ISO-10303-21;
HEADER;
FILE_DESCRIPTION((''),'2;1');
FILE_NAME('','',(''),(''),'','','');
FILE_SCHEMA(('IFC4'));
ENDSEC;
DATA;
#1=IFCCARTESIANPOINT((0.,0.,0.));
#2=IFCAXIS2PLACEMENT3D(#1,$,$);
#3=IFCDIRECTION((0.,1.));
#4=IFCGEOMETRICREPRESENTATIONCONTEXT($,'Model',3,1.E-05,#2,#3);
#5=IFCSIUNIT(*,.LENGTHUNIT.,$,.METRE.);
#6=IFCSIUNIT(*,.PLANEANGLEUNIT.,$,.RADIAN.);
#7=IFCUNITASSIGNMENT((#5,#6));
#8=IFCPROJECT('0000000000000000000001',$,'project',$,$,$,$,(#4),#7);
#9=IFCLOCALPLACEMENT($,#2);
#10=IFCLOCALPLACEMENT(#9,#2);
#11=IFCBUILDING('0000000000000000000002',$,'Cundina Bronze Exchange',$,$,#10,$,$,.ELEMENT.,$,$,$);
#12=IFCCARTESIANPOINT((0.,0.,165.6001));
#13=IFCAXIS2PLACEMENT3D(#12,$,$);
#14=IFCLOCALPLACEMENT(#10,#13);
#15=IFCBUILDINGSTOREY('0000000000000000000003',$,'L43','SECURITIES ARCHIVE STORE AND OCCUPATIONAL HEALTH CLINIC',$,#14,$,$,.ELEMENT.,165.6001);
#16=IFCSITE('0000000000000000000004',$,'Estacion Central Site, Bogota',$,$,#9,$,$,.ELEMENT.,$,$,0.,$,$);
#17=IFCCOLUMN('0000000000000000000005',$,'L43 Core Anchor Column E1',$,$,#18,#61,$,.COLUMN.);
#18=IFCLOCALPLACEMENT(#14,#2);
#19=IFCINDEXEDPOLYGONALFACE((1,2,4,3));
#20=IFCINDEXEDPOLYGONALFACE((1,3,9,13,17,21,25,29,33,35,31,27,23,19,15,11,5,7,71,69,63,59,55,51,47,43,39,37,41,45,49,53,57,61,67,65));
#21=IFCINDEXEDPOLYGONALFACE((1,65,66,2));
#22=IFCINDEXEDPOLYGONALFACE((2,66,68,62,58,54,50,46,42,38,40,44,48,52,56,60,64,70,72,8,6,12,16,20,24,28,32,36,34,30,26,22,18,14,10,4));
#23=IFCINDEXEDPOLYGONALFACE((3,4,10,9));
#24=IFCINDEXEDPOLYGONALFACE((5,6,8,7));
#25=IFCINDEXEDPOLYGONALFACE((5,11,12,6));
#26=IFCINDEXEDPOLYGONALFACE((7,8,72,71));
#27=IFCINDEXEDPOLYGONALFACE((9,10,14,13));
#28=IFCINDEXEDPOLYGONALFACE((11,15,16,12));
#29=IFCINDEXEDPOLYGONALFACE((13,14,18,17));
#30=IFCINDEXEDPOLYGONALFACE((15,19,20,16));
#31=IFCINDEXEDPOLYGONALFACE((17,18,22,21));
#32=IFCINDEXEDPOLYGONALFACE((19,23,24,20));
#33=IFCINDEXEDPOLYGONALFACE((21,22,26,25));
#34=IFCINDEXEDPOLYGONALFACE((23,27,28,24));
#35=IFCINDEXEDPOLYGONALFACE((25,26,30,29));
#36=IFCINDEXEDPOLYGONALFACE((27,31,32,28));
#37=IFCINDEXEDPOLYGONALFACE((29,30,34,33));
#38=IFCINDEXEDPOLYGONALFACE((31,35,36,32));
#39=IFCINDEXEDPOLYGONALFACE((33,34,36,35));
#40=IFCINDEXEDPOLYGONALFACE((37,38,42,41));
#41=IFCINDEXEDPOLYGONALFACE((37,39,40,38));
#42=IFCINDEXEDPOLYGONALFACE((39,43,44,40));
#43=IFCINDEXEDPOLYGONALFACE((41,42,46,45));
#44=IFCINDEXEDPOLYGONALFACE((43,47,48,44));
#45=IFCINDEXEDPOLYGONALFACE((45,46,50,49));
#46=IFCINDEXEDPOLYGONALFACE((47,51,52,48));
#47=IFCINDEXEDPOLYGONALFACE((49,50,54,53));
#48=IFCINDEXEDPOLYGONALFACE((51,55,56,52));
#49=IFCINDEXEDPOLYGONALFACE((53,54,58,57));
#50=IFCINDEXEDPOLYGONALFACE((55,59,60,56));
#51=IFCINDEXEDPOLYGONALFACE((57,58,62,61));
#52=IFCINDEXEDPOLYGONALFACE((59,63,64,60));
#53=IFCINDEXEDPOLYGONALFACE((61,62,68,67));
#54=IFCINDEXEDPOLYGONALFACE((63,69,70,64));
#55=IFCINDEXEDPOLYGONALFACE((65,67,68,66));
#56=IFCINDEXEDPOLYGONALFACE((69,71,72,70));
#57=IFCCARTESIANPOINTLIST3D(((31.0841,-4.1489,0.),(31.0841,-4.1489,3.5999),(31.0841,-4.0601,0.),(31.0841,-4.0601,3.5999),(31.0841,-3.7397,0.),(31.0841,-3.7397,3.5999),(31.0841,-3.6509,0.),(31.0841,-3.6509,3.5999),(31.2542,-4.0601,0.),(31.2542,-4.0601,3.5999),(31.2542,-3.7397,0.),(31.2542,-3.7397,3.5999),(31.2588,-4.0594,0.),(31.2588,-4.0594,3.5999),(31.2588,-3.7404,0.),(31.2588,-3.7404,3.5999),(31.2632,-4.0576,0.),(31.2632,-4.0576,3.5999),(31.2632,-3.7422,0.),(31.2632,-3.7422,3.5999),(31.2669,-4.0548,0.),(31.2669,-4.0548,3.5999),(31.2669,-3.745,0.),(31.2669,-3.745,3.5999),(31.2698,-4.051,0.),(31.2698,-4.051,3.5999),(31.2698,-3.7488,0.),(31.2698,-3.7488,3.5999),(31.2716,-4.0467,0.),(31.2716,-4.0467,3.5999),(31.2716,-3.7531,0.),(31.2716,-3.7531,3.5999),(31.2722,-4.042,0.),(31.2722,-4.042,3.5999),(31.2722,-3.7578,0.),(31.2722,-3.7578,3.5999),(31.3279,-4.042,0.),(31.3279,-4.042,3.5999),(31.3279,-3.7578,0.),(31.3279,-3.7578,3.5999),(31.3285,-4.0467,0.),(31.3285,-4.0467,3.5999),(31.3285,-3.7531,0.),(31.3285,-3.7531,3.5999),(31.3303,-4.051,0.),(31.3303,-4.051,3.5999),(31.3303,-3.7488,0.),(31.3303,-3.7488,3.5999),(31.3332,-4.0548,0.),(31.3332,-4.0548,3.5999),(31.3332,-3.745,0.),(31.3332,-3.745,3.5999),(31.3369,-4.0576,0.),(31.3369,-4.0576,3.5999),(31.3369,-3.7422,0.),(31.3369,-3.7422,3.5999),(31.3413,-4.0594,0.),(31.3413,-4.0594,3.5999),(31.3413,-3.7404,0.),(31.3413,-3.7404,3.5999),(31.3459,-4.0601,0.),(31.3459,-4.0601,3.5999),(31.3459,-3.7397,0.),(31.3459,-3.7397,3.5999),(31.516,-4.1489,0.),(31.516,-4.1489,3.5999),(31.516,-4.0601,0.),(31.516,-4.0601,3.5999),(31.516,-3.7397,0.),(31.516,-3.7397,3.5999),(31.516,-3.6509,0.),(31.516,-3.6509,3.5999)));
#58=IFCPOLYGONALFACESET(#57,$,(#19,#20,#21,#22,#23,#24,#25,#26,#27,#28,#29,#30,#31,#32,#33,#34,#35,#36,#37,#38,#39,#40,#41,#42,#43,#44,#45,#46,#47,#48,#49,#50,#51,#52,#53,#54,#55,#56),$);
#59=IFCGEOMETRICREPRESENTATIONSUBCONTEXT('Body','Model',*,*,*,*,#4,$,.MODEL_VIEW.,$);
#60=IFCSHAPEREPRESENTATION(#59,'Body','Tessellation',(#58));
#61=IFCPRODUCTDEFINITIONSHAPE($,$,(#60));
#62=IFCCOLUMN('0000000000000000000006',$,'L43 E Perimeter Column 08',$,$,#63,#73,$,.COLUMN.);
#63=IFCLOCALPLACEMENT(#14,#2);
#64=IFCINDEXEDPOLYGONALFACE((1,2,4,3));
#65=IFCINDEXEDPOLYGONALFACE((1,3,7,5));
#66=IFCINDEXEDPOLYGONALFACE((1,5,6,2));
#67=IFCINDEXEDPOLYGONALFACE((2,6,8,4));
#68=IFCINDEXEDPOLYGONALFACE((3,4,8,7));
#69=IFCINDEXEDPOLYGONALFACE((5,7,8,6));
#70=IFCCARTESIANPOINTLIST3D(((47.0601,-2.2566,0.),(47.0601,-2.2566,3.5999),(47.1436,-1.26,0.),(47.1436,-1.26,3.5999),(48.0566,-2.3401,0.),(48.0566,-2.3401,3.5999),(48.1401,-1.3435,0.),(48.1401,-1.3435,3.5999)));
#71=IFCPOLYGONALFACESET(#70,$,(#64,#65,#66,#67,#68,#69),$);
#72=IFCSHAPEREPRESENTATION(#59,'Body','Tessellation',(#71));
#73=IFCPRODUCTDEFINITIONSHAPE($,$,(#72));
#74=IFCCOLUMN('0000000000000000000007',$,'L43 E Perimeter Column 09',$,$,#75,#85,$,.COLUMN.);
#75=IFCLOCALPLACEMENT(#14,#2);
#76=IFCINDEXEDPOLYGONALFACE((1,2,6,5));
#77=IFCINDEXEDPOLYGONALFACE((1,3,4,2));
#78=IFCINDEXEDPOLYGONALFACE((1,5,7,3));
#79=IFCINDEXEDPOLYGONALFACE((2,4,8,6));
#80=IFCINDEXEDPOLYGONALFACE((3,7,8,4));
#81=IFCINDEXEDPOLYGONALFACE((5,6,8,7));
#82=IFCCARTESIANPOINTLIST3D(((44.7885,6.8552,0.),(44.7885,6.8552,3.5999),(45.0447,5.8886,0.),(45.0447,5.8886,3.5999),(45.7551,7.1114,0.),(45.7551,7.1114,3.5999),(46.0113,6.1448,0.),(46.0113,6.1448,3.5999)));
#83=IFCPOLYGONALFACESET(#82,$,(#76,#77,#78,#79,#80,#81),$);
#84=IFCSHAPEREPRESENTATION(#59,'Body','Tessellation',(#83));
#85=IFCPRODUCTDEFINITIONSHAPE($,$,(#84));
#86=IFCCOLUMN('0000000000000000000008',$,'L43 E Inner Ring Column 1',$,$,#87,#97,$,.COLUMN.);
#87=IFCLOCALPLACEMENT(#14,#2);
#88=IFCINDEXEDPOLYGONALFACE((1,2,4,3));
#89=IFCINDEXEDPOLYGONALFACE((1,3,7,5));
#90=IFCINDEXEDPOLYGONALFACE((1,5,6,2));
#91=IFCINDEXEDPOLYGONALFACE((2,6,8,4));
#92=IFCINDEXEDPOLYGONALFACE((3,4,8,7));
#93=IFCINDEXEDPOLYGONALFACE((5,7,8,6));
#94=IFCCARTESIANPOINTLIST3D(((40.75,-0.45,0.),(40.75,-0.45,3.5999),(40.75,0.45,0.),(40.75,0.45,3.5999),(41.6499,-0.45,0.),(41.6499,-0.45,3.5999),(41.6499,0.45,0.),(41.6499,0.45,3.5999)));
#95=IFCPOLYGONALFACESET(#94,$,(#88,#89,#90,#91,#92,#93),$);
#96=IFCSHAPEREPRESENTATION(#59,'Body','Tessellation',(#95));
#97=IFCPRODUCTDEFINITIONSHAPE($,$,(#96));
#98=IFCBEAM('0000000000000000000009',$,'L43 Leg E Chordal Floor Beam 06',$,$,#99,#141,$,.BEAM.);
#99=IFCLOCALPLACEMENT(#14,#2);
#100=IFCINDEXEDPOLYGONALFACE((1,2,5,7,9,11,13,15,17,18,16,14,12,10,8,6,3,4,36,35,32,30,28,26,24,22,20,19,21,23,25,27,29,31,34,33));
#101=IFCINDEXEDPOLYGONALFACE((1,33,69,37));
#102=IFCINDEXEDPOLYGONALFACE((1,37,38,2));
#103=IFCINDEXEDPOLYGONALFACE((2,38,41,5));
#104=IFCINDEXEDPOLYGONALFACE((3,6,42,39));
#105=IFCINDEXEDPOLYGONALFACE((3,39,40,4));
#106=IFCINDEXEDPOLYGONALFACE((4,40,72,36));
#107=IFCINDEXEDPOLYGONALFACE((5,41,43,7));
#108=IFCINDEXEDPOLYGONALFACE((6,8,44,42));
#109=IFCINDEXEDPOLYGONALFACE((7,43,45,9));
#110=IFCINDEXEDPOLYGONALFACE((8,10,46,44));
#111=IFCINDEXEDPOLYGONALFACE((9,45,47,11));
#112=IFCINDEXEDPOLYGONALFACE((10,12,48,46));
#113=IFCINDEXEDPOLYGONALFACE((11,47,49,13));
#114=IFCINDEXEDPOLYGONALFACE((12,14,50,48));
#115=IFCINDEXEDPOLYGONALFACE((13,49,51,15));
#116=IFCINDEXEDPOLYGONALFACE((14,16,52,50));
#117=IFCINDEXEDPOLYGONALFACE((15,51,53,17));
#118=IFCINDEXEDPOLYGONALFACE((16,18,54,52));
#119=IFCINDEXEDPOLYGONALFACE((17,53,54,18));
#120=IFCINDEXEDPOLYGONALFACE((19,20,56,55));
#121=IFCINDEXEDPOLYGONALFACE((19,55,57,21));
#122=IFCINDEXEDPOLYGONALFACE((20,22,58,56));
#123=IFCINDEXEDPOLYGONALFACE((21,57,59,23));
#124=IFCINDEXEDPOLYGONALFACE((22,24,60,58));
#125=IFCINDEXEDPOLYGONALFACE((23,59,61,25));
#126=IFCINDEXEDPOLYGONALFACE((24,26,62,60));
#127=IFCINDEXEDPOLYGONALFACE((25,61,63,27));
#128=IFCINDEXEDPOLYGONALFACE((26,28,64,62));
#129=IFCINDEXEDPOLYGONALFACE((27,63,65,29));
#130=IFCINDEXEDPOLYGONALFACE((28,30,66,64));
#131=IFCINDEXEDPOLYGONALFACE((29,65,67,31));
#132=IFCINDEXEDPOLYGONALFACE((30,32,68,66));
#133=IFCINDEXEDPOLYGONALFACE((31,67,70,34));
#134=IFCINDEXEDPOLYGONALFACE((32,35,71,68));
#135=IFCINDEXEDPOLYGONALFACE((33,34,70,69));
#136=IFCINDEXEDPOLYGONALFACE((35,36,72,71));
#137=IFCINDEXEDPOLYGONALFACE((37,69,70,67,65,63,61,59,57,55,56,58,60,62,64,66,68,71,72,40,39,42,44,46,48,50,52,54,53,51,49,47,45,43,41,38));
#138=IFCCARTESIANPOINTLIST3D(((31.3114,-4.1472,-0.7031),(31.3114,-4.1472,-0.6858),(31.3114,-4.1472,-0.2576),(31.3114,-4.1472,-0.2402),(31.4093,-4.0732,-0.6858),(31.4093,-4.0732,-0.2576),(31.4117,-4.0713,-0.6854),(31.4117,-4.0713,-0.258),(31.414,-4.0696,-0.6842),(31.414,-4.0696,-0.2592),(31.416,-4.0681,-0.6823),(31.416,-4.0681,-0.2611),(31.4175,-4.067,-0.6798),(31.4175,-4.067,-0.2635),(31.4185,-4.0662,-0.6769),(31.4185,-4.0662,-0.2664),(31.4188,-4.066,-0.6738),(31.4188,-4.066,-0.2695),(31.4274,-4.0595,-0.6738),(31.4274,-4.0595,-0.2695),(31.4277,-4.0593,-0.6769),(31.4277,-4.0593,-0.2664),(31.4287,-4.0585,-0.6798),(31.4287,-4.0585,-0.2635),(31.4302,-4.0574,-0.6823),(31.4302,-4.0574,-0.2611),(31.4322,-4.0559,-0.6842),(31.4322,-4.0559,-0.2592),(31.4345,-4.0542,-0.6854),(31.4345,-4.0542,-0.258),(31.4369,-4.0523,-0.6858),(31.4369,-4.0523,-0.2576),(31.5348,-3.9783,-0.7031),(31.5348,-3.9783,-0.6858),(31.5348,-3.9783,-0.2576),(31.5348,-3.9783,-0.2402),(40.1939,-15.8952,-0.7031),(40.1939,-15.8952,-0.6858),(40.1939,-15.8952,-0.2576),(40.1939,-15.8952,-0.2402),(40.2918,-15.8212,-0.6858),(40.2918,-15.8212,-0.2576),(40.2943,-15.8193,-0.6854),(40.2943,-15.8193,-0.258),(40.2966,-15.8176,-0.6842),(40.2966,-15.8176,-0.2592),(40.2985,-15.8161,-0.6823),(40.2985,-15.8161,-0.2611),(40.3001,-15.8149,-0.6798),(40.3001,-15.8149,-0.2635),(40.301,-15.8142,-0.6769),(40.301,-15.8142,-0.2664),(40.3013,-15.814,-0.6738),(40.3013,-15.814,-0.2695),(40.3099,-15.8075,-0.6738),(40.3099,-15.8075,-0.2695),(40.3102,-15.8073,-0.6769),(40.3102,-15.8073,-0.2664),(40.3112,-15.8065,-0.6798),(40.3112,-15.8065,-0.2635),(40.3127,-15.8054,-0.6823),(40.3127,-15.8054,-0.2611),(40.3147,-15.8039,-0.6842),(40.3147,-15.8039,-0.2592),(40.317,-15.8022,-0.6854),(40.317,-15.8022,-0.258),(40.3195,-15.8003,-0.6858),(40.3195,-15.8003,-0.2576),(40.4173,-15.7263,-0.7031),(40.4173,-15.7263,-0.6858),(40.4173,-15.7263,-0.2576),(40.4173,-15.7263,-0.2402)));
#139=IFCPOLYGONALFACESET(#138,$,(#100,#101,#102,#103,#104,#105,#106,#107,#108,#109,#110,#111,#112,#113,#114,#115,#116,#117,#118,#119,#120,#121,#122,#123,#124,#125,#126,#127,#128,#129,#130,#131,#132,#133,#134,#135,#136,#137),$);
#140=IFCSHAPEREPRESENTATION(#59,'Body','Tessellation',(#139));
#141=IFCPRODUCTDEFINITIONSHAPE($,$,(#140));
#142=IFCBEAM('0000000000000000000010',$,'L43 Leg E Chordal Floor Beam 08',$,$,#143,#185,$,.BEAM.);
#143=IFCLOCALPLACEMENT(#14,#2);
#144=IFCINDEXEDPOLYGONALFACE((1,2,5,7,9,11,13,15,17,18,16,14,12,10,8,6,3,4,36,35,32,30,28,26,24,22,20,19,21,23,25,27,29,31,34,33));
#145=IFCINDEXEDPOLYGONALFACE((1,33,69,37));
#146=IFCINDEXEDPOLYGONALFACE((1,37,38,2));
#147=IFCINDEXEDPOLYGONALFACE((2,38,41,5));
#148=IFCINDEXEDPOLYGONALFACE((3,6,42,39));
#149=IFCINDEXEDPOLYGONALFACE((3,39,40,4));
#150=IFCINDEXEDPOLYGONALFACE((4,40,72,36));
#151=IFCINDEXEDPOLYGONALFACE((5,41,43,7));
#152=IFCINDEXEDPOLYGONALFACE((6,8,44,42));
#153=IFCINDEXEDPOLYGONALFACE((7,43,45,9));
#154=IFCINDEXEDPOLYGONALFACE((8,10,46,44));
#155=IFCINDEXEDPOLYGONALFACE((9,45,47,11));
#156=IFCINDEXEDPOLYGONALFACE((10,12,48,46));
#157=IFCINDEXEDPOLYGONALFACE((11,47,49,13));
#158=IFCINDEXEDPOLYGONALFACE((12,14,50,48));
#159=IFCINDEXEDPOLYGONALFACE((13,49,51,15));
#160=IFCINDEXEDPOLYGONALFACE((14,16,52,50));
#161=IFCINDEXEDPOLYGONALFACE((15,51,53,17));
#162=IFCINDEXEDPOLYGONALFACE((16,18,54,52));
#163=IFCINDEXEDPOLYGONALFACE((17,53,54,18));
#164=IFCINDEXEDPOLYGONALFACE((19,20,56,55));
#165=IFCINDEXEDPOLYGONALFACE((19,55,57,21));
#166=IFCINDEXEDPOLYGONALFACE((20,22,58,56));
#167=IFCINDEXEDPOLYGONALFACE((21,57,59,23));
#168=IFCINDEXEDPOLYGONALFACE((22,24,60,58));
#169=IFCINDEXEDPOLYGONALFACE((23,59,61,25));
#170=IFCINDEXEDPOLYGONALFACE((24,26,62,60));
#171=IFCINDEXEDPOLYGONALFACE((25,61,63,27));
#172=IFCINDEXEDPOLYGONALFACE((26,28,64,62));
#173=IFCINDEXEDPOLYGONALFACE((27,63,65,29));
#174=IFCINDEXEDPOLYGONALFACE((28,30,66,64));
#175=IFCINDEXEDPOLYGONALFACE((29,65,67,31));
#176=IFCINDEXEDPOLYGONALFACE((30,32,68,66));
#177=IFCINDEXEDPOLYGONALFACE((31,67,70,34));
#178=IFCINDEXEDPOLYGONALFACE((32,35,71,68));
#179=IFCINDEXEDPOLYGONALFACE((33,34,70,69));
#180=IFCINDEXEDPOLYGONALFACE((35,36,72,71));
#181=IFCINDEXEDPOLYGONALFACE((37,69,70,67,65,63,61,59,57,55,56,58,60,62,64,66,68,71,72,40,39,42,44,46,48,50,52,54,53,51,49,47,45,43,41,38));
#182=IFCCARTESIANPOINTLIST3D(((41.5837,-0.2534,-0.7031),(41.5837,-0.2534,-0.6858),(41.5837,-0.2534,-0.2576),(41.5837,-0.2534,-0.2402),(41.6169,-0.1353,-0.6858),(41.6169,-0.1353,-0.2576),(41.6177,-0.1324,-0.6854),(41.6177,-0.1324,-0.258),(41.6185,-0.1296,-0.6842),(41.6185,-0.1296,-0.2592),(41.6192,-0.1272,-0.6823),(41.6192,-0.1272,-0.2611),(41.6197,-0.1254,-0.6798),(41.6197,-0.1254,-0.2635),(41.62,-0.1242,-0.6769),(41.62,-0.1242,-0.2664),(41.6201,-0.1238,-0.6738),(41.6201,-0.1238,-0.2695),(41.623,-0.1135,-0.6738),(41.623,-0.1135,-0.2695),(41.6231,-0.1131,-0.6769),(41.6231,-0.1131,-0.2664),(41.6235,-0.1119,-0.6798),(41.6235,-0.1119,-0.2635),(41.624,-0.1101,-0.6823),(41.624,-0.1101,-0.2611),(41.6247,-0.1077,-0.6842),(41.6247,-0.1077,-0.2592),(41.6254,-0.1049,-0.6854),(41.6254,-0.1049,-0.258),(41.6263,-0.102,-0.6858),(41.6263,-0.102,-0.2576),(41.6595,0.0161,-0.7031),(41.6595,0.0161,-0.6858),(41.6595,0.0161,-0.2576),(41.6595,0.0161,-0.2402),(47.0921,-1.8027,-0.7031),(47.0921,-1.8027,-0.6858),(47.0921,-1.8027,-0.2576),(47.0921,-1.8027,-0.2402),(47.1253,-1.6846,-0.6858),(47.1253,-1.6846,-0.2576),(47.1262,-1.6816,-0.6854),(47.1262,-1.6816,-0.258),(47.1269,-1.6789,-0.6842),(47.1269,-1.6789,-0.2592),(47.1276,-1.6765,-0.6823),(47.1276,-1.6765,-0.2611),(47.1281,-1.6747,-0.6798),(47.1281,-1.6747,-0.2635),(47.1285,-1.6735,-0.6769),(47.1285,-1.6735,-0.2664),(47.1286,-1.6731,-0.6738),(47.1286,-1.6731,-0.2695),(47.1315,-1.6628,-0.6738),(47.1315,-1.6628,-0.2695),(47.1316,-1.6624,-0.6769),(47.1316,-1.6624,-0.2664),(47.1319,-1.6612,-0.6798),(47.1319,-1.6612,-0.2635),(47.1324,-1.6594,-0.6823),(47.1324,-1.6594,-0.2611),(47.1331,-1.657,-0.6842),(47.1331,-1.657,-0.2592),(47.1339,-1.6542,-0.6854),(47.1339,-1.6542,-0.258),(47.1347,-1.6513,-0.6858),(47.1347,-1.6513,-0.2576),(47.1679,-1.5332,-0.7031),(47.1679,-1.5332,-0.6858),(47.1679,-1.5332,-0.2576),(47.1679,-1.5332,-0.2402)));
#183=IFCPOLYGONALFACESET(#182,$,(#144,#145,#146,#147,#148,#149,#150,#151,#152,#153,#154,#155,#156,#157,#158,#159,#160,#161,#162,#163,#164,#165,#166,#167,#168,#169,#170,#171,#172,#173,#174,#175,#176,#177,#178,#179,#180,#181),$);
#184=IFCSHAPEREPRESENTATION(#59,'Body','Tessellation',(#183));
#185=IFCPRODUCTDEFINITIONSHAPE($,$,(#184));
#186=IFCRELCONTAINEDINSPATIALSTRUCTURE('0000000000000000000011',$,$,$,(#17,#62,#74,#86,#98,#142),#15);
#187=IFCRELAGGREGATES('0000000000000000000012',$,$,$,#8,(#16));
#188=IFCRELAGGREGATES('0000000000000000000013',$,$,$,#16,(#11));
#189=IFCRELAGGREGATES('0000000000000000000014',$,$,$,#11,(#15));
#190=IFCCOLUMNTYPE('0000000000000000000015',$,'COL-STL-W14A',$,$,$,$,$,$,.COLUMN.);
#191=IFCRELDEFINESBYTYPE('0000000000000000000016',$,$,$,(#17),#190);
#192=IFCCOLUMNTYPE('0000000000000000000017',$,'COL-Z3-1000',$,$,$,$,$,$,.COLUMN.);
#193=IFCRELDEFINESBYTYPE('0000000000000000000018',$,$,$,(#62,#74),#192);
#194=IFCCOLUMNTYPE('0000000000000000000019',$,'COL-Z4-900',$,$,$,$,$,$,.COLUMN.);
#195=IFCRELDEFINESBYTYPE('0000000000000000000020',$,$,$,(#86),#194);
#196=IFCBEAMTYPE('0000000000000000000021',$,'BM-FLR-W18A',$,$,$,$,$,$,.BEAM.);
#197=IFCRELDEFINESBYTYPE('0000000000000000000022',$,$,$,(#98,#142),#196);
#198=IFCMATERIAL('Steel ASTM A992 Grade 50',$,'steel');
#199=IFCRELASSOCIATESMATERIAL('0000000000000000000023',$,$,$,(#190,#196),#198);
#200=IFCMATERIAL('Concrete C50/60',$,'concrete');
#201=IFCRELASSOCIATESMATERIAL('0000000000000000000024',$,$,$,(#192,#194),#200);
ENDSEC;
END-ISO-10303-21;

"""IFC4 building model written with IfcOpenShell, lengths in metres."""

from ifc_helpers import new_model, si_unit, direction, frame, origin, origin_2d, place, context, subcontext, project, spatial, rectangle, i_section, extrude, material, material_profile, profile_set, type_object, element, save


model = new_model("IFC4")

# Units and contexts
model_context = context("Model", 3, precision=1e-05, world=origin(), true_north=direction((0.0, 1.0)))
body_context = subcontext(model_context, "Body", "Model", "MODEL_VIEW")
ifc_project = project(units=[si_unit("LENGTHUNIT", "METRE"), si_unit("PLANEANGLEUNIT", "RADIAN")], contexts=[model_context])

# Site, building, storey
site_placement = place(None, origin())
site = spatial("IfcSite", under=ifc_project, at=site_placement, Name="Estacion Central Site, Bogota", CompositionType="ELEMENT", RefElevation=0.0)
building_placement = place(site_placement, origin())
building = spatial("IfcBuilding", under=site, at=building_placement, Name="Cundina Bronze Exchange", CompositionType="ELEMENT")
storey_placement = place(building_placement, frame((0.0, 0.0, 165.6001)))
storey = spatial("IfcBuildingStorey", under=building, at=storey_placement, Name="L43", Description="SECURITIES ARCHIVE STORE AND OCCUPATIONAL HEALTH CLINIC", CompositionType="ELEMENT", Elevation=165.6001)

# Columns
ifc_material_1 = material(Name="Steel ASTM A992 Grade 50", Category="steel")
ifc_material_profile_1 = material_profile(ifc_material_1, i_section(OverallWidth=0.4319, OverallDepth=0.498, WebThickness=0.0557, FlangeThickness=0.0889, FilletRadius=0.0181, at=origin_2d()), Name="W14X500", Category="steel")
ifc_profile_set_1 = profile_set([ifc_material_profile_1], Name="Steel ASTM A992 Grade 50")
column_type_1 = type_object("IfcColumnType", Name="COL-STL-W14A", PredefinedType="COLUMN", material=ifc_profile_set_1)
column_1_placement = place(storey_placement, frame((31.3, -3.8999, 0.0), z_axis=(0.0, 0.0, 1.0), x_axis=(1.0, 0.0, 0.0)))
element("IfcColumn", 1, at=column_1_placement, inside=storey, type_object=column_type_1, Name="L43 Core Anchor Column E1", PredefinedType="COLUMN", context=body_context, shape_type="SweptSolid", body=[
    extrude(i_section(OverallWidth=0.4319, OverallDepth=0.498, WebThickness=0.0557, FlangeThickness=0.0889, FilletRadius=0.0181, at=origin_2d()), origin(), (0.0, 0.0, 1.0), 3.5999),
])
ifc_material_2 = material(Name="Concrete C50/60", Category="concrete")
ifc_material_profile_2 = material_profile(ifc_material_2, rectangle(XDim=1.0, YDim=1.0, at=origin_2d()), Name="RC1000X1000", Category="concrete")
ifc_profile_set_2 = profile_set([ifc_material_profile_2], Name="Concrete C50/60")
column_type_2 = type_object("IfcColumnType", Name="COL-Z3-1000", PredefinedType="COLUMN", material=ifc_profile_set_2)
for number, where, z_axis, x_axis, name in (
    (2, (47.6001, -1.8, 0.0), (0.0, 0.0, 1.0), (0.083504, 0.996507, 0.0), "L43 E Perimeter Column 08"),
    (3, (45.3999, 6.5, 0.0), (0.0, 0.0, 1.0), (-0.256289, 0.9666, 0.0), "L43 E Perimeter Column 09"),
):
    element("IfcColumn", number, at=place(storey_placement, frame(where, z_axis=z_axis, x_axis=x_axis)), inside=storey, type_object=column_type_2, Name=name, PredefinedType="COLUMN", context=body_context, shape_type="SweptSolid", body=[
        extrude(rectangle(XDim=1.0, YDim=1.0, at=origin_2d()), origin(), (0.0, 0.0, 1.0), 3.5999),
    ])
ifc_material_profile_3 = material_profile(ifc_material_2, rectangle(XDim=0.8999, YDim=0.8999, at=origin_2d()), Name="RC900X900", Category="concrete")
ifc_profile_set_3 = profile_set([ifc_material_profile_3], Name="Concrete C50/60")
column_type_3 = type_object("IfcColumnType", Name="COL-Z4-900", PredefinedType="COLUMN", material=ifc_profile_set_3)
column_2_placement = place(storey_placement, frame((41.2, 0.0, 0.0), z_axis=(0.0, 0.0, 1.0), x_axis=(1.0, 0.0, 0.0)))
element("IfcColumn", 4, at=column_2_placement, inside=storey, type_object=column_type_3, Name="L43 E Inner Ring Column 1", PredefinedType="COLUMN", context=body_context, shape_type="SweptSolid", body=[
    extrude(rectangle(XDim=0.8999, YDim=0.8999, at=origin_2d()), origin(), (0.0, 0.0, 1.0), 3.5999),
])

# Beams
ifc_material_profile_4 = material_profile(ifc_material_1, i_section(OverallWidth=0.28, OverallDepth=0.4629, WebThickness=0.0107, FlangeThickness=0.0173, FilletRadius=0.012, at=origin_2d()), Name="W18X76", Category="steel")
ifc_profile_set_4 = profile_set([ifc_material_profile_4], Name="Steel ASTM A992 Grade 50")
beam_type_1 = type_object("IfcBeamType", Name="BM-FLR-W18A", PredefinedType="BEAM", material=ifc_profile_set_4)
beam_1_placement = place(storey_placement, frame((31.4231, -4.0627, -0.4717), z_axis=(0.603104, -0.797663, 0.0), x_axis=(0.797663, 0.603104, 0.0)))
element("IfcBeam", 5, at=beam_1_placement, inside=storey, type_object=beam_type_1, Name="L43 Leg E Chordal Floor Beam 06", PredefinedType="BEAM", context=body_context, shape_type="SweptSolid", body=[
    extrude(i_section(OverallWidth=0.28, OverallDepth=0.4629, WebThickness=0.0107, FlangeThickness=0.0173, FilletRadius=0.012, at=origin_2d()), origin(), (0.0, 0.0, 1.0), 14.728),
])
beam_2_placement = place(storey_placement, frame((41.6216, -0.1187, -0.4717), z_axis=(0.962649, -0.270752, 0.0), x_axis=(0.270752, 0.962649, 0.0)))
element("IfcBeam", 6, at=beam_2_placement, inside=storey, type_object=beam_type_1, Name="L43 Leg E Chordal Floor Beam 08", PredefinedType="BEAM", context=body_context, shape_type="SweptSolid", body=[
    extrude(i_section(OverallWidth=0.28, OverallDepth=0.4629, WebThickness=0.0107, FlangeThickness=0.0173, FilletRadius=0.012, at=origin_2d()), origin(), (0.0, 0.0, 1.0), 5.7222),
])

save(model, "model.ifc")
